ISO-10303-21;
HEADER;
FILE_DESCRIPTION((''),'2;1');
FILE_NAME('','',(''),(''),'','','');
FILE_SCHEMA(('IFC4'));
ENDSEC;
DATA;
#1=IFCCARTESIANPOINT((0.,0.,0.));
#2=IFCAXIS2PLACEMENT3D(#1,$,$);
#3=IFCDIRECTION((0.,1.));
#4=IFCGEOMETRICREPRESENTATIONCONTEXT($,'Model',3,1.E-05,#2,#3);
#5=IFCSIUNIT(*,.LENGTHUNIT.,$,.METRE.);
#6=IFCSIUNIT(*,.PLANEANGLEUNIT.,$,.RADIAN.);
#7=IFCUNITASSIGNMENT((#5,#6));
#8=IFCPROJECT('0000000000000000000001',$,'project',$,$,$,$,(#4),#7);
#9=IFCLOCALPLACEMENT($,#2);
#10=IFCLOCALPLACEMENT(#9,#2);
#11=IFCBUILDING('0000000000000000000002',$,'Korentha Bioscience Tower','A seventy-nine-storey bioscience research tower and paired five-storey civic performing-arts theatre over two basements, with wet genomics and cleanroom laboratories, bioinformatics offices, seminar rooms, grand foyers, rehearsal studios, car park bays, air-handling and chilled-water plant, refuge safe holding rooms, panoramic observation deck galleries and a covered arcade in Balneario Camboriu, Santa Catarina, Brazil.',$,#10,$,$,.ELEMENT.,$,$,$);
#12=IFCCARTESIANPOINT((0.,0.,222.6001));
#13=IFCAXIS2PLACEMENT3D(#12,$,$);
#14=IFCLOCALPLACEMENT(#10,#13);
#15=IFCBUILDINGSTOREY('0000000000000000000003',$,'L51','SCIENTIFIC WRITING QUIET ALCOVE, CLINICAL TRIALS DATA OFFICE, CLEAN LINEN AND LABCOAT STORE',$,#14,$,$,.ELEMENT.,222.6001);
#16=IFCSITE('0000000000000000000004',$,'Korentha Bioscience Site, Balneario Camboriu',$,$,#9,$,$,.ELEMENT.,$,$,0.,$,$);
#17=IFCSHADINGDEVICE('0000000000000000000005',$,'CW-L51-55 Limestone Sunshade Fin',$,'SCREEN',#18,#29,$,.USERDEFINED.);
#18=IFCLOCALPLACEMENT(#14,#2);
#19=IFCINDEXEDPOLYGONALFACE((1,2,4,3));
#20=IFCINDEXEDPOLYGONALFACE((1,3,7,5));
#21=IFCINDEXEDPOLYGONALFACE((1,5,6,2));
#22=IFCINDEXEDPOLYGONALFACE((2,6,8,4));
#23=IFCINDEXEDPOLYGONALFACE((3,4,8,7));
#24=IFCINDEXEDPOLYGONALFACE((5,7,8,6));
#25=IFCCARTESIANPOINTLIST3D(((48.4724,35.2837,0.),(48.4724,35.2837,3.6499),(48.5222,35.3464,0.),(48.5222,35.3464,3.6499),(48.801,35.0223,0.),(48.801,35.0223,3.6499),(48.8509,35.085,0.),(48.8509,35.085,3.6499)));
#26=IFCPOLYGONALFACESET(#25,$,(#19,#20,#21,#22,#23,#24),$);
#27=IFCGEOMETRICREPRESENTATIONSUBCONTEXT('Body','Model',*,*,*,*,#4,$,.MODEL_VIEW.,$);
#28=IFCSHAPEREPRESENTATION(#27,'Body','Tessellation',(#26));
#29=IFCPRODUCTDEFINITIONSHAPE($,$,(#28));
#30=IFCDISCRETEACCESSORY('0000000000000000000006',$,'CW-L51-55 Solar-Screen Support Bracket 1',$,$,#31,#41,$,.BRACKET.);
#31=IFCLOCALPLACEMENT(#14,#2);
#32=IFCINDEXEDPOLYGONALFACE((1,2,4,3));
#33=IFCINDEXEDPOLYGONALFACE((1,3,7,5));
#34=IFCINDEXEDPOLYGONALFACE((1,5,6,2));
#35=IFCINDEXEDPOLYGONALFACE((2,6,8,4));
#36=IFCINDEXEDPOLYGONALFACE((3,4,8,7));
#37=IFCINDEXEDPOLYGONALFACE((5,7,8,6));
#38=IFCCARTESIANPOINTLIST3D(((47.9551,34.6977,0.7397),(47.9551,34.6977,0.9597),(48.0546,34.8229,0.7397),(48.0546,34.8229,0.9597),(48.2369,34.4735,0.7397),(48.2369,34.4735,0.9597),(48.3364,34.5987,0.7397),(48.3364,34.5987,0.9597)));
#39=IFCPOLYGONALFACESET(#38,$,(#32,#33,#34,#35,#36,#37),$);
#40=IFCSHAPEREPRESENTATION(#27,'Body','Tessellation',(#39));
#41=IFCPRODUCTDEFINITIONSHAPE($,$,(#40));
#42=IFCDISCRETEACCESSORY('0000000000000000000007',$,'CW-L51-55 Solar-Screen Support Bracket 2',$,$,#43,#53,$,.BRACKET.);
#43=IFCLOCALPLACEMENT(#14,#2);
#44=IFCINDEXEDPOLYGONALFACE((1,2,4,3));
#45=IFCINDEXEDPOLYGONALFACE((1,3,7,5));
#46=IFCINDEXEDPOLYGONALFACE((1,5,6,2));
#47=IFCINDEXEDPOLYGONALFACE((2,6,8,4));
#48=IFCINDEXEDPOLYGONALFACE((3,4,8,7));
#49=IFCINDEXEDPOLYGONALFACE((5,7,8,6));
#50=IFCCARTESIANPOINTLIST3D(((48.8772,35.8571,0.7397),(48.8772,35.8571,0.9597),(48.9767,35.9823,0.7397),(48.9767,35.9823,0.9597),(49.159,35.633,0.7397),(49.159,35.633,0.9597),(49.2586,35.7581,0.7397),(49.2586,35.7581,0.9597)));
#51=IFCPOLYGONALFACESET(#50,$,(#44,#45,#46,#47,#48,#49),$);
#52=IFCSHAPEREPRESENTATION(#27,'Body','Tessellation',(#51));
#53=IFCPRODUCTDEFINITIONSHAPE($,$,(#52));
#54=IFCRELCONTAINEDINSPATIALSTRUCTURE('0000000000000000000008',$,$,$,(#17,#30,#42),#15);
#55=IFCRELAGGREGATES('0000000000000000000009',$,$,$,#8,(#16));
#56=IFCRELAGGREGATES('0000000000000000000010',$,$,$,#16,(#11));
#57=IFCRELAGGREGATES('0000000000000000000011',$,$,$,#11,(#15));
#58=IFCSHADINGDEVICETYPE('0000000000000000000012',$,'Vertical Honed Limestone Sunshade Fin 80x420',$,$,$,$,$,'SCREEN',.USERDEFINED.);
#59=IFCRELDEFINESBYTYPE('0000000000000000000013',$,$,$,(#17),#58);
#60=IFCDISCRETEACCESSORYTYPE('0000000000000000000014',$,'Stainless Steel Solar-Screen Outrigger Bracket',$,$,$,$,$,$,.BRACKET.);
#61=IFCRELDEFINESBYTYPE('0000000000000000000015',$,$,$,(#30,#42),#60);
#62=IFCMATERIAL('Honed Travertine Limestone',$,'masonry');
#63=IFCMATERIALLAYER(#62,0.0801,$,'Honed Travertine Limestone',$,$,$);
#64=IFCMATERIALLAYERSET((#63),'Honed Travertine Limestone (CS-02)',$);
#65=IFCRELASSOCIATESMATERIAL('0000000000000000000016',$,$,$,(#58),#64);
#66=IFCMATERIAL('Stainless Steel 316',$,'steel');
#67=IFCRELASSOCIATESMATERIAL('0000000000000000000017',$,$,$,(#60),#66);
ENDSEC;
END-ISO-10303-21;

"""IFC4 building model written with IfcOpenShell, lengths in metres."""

from ifc_helpers import new_model, si_unit, direction, frame, origin, origin_2d, place, context, subcontext, project, spatial, rectangle, extrude, material, layer, layer_set, type_object, element, save


model = new_model("IFC4")

# Units and contexts
model_context = context("Model", 3, precision=1e-05, world=origin(), true_north=direction((0.0, 1.0)))
body_context = subcontext(model_context, "Body", "Model", "MODEL_VIEW")
ifc_project = project(units=[si_unit("LENGTHUNIT", "METRE"), si_unit("PLANEANGLEUNIT", "RADIAN")], contexts=[model_context])

# Site, building, storey
site_placement = place(None, origin())
site = spatial("IfcSite", under=ifc_project, at=site_placement, Name="Korentha Bioscience Site, Balneario Camboriu", CompositionType="ELEMENT", RefElevation=0.0)
building_placement = place(site_placement, origin())
building = spatial("IfcBuilding", under=site, at=building_placement, Name="Korentha Bioscience Tower", Description="A seventy-nine-storey bioscience research tower and paired five-storey civic performing-arts theatre over two basements, with wet genomics and cleanroom laboratories, bioinformatics offices, seminar rooms, grand foyers, rehearsal studios, car park bays, air-handling and chilled-water plant, refuge safe holding rooms, panoramic observation deck galleries and a covered arcade in Balneario Camboriu, Santa Catarina, Brazil.", CompositionType="ELEMENT")
storey_placement = place(building_placement, frame((0.0, 0.0, 222.6001)))
storey = spatial("IfcBuildingStorey", under=building, at=storey_placement, Name="L51", Description="SCIENTIFIC WRITING QUIET ALCOVE, CLINICAL TRIALS DATA OFFICE, CLEAN LINEN AND LABCOAT STORE", CompositionType="ELEMENT", Elevation=222.6001)

# Shading device
ifc_material_1 = material(Name="Honed Travertine Limestone", Category="masonry")
ifc_layer_1 = layer(ifc_material_1, 0.0801, Name="Honed Travertine Limestone")
ifc_layer_set_1 = layer_set([ifc_layer_1], Name="Honed Travertine Limestone (CS-02)")
shading_device_type_1 = type_object("IfcShadingDeviceType", Name="Vertical Honed Limestone Sunshade Fin 80x420", ElementType="SCREEN", PredefinedType="USERDEFINED", material=ifc_layer_set_1)
shading_device_1_placement = place(storey_placement, frame((48.6616, 35.1843, 0.0), z_axis=(0.0, 0.0, 1.0), x_axis=(0.622512, 0.78261, 0.0)))
element("IfcShadingDevice", 1, at=shading_device_1_placement, inside=storey, type_object=shading_device_type_1, Name="CW-L51-55 Limestone Sunshade Fin", ObjectType="SCREEN", PredefinedType="USERDEFINED", context=body_context, shape_type="SweptSolid", body=[
    extrude(rectangle(XDim=0.0801, YDim=0.4199, at=origin_2d()), origin(), (0.0, 0.0, 1.0), 3.6499),
])

# Discrete accessories
ifc_material_2 = material(Name="Stainless Steel 316", Category="steel")
discrete_accessory_type = type_object("IfcDiscreteAccessoryType", Name="Stainless Steel Solar-Screen Outrigger Bracket", PredefinedType="BRACKET", material=ifc_material_2)
for number, where, z_axis, x_axis, name in (
    (2, (48.1458, 34.6482, 0.7397), (0.0, 0.0, 1.0), (0.622512, 0.78261, 0.0), "CW-L51-55 Solar-Screen Support Bracket 1"),
    (3, (49.0679, 35.8076, 0.7397), (0.0, 0.0, 1.0), (0.622512, 0.78261, 0.0), "CW-L51-55 Solar-Screen Support Bracket 2"),
):
    element("IfcDiscreteAccessory", number, at=place(storey_placement, frame(where, z_axis=z_axis, x_axis=x_axis)), inside=storey, type_object=discrete_accessory_type, Name=name, PredefinedType="BRACKET", context=body_context, shape_type="SweptSolid", body=[
        extrude(rectangle(XDim=0.1599, YDim=0.3601, at=origin_2d()), origin(), (0.0, 0.0, 1.0), 0.22),
    ])

save(model, "model.ifc")
